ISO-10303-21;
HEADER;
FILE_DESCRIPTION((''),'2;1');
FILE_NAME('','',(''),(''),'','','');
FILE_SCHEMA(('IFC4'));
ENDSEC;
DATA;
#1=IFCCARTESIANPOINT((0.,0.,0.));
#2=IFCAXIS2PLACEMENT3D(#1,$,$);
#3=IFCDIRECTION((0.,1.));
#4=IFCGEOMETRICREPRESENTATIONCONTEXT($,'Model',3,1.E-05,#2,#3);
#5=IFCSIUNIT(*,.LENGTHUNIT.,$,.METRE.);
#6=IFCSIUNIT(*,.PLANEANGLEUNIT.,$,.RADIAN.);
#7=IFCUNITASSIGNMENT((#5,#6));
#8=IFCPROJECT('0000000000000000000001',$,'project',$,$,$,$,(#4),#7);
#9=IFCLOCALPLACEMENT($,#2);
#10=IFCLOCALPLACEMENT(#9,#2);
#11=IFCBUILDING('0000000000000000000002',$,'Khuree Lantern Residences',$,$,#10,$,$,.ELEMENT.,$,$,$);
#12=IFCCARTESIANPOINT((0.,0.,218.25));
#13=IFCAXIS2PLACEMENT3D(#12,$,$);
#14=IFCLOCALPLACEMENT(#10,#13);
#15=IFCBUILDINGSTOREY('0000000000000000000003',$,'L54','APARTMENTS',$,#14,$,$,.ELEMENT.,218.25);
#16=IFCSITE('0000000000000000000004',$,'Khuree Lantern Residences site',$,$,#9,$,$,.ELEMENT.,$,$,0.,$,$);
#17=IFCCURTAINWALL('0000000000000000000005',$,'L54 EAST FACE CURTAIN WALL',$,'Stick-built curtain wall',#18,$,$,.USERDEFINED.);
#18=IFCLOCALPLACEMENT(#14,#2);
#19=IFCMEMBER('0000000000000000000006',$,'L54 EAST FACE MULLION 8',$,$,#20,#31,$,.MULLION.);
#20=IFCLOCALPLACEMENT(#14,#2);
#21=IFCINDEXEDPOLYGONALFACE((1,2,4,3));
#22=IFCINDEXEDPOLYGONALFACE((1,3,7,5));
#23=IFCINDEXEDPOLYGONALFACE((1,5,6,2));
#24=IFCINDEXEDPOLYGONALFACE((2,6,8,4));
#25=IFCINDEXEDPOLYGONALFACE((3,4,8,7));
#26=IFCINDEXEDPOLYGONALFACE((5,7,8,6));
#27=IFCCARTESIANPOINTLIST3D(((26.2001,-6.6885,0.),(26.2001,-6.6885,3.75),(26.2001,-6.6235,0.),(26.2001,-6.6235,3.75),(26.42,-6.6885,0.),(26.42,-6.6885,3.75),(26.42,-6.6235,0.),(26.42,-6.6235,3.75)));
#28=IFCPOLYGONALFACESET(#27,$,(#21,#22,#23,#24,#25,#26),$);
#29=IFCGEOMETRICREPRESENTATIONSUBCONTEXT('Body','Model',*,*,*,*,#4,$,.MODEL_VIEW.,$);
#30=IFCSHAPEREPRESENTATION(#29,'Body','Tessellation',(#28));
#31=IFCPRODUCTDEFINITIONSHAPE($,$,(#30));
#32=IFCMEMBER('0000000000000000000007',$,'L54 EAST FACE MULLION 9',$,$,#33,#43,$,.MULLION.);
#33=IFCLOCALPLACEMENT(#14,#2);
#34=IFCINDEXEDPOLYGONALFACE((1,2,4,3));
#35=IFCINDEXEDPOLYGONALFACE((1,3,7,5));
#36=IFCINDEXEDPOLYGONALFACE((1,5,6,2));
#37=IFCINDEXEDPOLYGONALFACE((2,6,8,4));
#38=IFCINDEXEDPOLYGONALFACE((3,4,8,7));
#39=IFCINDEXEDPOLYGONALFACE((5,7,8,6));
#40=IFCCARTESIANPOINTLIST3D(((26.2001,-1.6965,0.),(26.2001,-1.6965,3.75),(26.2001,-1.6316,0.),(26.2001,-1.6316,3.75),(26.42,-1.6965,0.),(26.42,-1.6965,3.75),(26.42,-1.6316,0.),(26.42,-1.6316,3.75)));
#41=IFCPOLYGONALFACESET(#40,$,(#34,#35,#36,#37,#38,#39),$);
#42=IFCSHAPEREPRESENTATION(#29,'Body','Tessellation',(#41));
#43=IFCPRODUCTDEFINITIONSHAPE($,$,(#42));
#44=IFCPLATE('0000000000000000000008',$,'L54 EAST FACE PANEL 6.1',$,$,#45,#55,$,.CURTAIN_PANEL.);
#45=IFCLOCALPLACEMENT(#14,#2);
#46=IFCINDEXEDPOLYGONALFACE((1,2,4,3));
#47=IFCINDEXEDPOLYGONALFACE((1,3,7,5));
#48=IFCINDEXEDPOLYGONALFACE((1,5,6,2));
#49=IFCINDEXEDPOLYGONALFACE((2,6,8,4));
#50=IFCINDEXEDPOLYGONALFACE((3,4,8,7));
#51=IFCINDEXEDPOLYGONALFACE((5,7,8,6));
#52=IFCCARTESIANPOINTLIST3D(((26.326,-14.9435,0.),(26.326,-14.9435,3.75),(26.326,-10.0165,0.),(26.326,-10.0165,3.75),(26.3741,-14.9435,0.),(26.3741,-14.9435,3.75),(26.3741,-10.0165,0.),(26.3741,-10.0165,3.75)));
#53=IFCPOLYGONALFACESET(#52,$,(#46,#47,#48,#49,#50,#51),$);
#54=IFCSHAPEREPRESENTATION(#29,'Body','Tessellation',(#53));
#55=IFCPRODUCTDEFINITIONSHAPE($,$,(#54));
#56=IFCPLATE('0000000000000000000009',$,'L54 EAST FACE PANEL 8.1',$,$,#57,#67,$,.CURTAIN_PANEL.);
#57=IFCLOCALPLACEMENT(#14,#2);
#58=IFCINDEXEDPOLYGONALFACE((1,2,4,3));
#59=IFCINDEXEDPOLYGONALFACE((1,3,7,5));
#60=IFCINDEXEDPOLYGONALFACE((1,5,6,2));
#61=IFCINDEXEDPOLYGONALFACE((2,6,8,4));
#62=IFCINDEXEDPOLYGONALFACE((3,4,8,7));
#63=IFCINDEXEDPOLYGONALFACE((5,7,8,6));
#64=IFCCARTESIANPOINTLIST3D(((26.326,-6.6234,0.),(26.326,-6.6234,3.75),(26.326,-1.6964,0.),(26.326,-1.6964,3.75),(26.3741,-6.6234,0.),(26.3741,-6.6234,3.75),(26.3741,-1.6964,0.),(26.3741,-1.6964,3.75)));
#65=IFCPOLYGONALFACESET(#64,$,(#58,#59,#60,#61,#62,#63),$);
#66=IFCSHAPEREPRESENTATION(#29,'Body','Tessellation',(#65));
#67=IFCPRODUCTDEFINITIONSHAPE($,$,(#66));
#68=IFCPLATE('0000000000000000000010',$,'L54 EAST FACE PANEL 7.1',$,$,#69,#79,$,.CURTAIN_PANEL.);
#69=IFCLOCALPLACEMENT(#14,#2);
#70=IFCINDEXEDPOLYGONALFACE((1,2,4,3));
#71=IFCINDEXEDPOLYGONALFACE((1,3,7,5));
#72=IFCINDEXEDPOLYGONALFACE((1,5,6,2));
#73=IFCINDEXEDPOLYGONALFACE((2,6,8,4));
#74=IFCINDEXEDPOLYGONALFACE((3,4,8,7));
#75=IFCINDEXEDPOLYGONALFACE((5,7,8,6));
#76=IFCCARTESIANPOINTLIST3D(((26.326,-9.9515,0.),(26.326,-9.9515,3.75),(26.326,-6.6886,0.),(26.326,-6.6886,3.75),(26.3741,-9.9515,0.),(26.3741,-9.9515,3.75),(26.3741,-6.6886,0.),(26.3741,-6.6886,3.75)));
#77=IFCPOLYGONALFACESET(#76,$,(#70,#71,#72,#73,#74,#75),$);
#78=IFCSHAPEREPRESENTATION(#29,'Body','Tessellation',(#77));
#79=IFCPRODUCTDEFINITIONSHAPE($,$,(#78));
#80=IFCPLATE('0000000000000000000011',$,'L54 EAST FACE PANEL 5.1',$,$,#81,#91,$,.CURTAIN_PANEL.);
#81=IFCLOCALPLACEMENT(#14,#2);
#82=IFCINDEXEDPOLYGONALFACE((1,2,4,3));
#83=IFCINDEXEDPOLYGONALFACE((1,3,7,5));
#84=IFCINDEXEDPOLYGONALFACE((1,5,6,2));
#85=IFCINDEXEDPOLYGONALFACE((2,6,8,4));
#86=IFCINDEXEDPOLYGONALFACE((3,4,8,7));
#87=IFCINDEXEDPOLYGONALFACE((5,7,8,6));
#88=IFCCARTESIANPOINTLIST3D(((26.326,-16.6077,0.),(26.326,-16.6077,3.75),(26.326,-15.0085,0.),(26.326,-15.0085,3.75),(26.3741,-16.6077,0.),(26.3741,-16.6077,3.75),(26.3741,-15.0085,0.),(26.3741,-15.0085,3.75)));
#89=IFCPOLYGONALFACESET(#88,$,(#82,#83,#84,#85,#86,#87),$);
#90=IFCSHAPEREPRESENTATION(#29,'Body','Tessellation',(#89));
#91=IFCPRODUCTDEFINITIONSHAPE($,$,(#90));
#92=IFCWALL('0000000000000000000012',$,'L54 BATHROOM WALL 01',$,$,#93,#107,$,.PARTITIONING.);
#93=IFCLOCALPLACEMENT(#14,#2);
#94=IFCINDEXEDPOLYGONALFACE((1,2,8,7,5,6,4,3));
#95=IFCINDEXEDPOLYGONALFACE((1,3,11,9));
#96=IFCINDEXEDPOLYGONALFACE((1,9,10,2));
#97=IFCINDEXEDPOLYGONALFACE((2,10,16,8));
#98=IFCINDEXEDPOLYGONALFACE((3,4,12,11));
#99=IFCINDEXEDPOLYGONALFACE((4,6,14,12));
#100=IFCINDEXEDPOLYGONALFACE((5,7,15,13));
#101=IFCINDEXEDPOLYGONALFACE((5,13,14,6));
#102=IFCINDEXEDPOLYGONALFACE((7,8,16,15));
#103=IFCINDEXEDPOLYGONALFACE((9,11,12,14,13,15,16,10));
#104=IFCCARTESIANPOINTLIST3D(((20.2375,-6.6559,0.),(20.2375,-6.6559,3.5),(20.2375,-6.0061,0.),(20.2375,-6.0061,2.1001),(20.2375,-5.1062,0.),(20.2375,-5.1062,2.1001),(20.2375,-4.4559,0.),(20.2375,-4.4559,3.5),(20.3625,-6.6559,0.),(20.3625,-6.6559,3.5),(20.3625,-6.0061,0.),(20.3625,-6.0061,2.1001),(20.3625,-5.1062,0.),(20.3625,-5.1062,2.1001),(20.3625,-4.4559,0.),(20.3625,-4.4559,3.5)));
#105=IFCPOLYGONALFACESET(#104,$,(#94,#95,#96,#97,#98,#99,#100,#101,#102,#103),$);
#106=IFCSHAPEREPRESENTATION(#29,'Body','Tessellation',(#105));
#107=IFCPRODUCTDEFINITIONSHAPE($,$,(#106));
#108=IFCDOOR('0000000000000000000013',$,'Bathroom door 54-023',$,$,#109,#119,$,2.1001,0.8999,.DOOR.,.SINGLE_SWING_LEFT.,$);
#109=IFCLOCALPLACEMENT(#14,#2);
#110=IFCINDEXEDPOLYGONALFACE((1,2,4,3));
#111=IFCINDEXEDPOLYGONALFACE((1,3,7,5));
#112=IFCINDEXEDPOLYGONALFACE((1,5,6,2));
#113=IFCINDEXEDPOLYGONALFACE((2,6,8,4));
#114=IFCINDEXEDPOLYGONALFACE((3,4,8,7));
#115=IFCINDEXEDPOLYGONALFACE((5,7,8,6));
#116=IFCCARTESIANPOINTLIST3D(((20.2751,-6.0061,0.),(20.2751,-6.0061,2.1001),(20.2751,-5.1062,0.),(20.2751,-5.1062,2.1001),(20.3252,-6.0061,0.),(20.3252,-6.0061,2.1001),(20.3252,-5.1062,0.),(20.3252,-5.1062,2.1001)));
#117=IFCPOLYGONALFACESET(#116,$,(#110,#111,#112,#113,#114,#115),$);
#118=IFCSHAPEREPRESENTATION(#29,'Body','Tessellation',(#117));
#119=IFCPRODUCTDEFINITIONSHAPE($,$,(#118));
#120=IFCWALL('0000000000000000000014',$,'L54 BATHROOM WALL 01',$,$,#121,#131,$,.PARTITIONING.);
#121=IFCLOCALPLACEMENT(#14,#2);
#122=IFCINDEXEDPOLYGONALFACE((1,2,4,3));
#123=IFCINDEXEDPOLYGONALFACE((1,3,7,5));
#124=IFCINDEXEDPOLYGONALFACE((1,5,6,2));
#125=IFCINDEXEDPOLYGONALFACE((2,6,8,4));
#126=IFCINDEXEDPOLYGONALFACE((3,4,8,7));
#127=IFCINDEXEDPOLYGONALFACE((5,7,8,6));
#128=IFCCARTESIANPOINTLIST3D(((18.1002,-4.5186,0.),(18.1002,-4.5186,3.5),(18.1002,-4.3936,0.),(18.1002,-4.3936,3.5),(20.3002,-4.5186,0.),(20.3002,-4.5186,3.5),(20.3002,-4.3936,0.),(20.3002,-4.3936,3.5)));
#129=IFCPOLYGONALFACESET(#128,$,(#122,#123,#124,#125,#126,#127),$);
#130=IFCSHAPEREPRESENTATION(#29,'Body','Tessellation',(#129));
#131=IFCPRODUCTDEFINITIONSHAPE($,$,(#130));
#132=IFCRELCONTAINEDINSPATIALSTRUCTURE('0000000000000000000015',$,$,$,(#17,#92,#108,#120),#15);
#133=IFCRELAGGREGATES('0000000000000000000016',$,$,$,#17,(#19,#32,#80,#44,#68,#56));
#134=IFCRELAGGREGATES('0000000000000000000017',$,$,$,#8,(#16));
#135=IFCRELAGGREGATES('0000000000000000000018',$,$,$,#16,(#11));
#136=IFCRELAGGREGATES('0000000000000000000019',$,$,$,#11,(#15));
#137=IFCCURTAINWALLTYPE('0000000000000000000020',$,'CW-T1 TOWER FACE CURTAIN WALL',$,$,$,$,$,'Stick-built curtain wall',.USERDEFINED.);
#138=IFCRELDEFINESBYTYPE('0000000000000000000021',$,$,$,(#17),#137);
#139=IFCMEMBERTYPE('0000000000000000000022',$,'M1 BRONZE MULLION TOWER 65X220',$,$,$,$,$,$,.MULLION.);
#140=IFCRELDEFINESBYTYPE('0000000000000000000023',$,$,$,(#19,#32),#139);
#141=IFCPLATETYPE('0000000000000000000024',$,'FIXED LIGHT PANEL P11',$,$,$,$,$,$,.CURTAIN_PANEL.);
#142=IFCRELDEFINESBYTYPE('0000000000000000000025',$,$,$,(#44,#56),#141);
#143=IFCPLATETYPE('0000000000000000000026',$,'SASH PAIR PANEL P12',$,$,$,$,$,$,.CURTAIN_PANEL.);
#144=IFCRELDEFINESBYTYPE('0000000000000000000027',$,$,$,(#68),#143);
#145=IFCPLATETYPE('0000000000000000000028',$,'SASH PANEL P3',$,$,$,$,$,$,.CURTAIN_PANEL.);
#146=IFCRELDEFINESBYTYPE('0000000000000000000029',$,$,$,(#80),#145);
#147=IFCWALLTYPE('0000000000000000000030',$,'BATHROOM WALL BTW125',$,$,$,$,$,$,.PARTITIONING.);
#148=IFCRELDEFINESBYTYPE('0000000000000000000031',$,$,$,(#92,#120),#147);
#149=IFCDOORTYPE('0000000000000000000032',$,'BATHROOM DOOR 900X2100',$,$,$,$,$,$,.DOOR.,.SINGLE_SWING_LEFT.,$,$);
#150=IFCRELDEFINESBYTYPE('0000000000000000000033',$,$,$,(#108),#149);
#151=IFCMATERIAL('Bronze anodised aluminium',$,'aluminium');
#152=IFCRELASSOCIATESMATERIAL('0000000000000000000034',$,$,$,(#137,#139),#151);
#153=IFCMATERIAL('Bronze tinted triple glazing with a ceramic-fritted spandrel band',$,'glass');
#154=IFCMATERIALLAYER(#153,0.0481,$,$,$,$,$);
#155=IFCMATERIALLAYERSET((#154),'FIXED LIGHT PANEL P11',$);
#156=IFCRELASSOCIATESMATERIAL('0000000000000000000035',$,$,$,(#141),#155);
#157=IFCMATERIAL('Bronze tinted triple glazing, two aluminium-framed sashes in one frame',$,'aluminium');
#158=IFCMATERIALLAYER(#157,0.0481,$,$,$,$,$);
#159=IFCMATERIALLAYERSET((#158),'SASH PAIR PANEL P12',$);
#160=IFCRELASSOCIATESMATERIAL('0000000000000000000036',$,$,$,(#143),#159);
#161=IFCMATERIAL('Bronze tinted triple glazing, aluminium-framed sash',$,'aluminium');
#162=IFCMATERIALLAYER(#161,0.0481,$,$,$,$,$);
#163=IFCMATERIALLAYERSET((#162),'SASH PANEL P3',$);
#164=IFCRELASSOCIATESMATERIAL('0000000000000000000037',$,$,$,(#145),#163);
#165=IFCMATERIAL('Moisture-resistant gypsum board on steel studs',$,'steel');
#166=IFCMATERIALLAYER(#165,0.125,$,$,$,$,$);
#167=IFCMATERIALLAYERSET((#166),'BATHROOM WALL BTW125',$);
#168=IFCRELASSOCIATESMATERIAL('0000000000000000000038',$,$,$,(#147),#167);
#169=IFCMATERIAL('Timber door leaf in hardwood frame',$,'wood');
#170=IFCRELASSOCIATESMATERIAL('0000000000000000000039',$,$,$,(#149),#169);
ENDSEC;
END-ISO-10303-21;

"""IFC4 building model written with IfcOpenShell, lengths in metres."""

from ifc_helpers import new_model, si_unit, direction, frame, frame_2d, origin, origin_2d, place, context, subcontext, project, spatial, rectangle, extrude, material, layer, layer_set, material_profile, profile_set, type_object, element, fill, aggregate, save


model = new_model("IFC4")

# Units and contexts
model_context = context("Model", 3, precision=1e-05, world=origin(), true_north=direction((0.0, 1.0)))
body_context = subcontext(model_context, "Body", "Model", "MODEL_VIEW")
ifc_project = project(units=[si_unit("LENGTHUNIT", "METRE"), si_unit("PLANEANGLEUNIT", "RADIAN")], contexts=[model_context])

# Site, building, storey
site_placement = place(None, origin())
site = spatial("IfcSite", under=ifc_project, at=site_placement, Name="Khuree Lantern Residences site", CompositionType="ELEMENT", RefElevation=0.0)
building_placement = place(site_placement, origin())
building = spatial("IfcBuilding", under=site, at=building_placement, Name="Khuree Lantern Residences", CompositionType="ELEMENT")
storey_placement = place(building_placement, frame((0.0, 0.0, 218.25)))
storey = spatial("IfcBuildingStorey", under=building, at=storey_placement, Name="L54", Description="APARTMENTS", CompositionType="ELEMENT", Elevation=218.25)

# Curtain wall
ifc_material_1 = material(Name="Bronze anodised aluminium", Category="aluminium")
curtain_wall_type = type_object("IfcCurtainWallType", Name="CW-T1 TOWER FACE CURTAIN WALL", ElementType="Stick-built curtain wall", PredefinedType="USERDEFINED", material=ifc_material_1)
curtain_wall_placement = place(storey_placement, origin())
curtain_wall = element("IfcCurtainWall", 1, at=curtain_wall_placement, inside=storey, type_object=curtain_wall_type, Name="L54 EAST FACE CURTAIN WALL", ObjectType="Stick-built curtain wall", PredefinedType="USERDEFINED")

# Members
ifc_material_profile_1 = material_profile(ifc_material_1, rectangle(XDim=0.0649, YDim=0.22, at=origin_2d()), Name="M1 65X220")
ifc_profile_set_1 = profile_set([ifc_material_profile_1], Name="Bronze anodised aluminium")
member_type_1 = type_object("IfcMemberType", Name="M1 BRONZE MULLION TOWER 65X220", PredefinedType="MULLION", material=ifc_profile_set_1)
member_1_placement = place(storey_placement, frame((26.3101, -6.656, 0.0), z_axis=(0.0, 0.0, 1.0), x_axis=(0.0, 1.0, 0.0)))
member_1 = element("IfcMember", 2, at=member_1_placement, type_object=member_type_1, Name="L54 EAST FACE MULLION 8", PredefinedType="MULLION", context=body_context, shape_type="SweptSolid", body=[
    extrude(rectangle(XDim=0.0649, YDim=0.22, at=origin_2d()), origin(), (0.0, 0.0, 1.0), 3.75),
])
member_2_placement = place(storey_placement, frame((26.3101, -1.6641, 0.0), z_axis=(0.0, 0.0, 1.0), x_axis=(0.0, 1.0, 0.0)))
member_2 = element("IfcMember", 3, at=member_2_placement, type_object=member_type_1, Name="L54 EAST FACE MULLION 9", PredefinedType="MULLION", context=body_context, shape_type="SweptSolid", body=[
    extrude(rectangle(XDim=0.0649, YDim=0.22, at=origin_2d()), origin(), (0.0, 0.0, 1.0), 3.75),
])

# Plates
ifc_material_2 = material(Name="Bronze tinted triple glazing with a ceramic-fritted spandrel band", Category="glass")
ifc_layer_1 = layer(ifc_material_2, 0.0481)
ifc_layer_set_1 = layer_set([ifc_layer_1], Name="FIXED LIGHT PANEL P11")
plate_type_1 = type_object("IfcPlateType", Name="FIXED LIGHT PANEL P11", PredefinedType="CURTAIN_PANEL", material=ifc_layer_set_1)
plate_1_placement = place(storey_placement, frame((26.3501, -12.48, 0.0), z_axis=(0.0, 0.0, 1.0), x_axis=(0.0, 1.0, 0.0)))
plate_1 = element("IfcPlate", 4, at=plate_1_placement, type_object=plate_type_1, Name="L54 EAST FACE PANEL 6.1", PredefinedType="CURTAIN_PANEL", context=body_context, shape_type="SweptSolid", body=[
    extrude(rectangle(XDim=4.927, YDim=0.0481, at=origin_2d()), origin(), (0.0, 0.0, 1.0), 3.75),
])
plate_2_placement = place(storey_placement, frame((26.3501, -4.1599, 0.0), z_axis=(0.0, 0.0, 1.0), x_axis=(0.0, 1.0, 0.0)))
plate_2 = element("IfcPlate", 5, at=plate_2_placement, type_object=plate_type_1, Name="L54 EAST FACE PANEL 8.1", PredefinedType="CURTAIN_PANEL", context=body_context, shape_type="SweptSolid", body=[
    extrude(rectangle(XDim=4.927, YDim=0.0481, at=origin_2d()), origin(), (0.0, 0.0, 1.0), 3.75),
])
ifc_material_3 = material(Name="Bronze tinted triple glazing, two aluminium-framed sashes in one frame", Category="aluminium")
ifc_layer_2 = layer(ifc_material_3, 0.0481)
ifc_layer_set_2 = layer_set([ifc_layer_2], Name="SASH PAIR PANEL P12")
plate_type_2 = type_object("IfcPlateType", Name="SASH PAIR PANEL P12", PredefinedType="CURTAIN_PANEL", material=ifc_layer_set_2)
plate_3_placement = place(storey_placement, frame((26.3501, -8.3201, 0.0), z_axis=(0.0, 0.0, 1.0), x_axis=(0.0, 1.0, 0.0)))
plate_3 = element("IfcPlate", 6, at=plate_3_placement, type_object=plate_type_2, Name="L54 EAST FACE PANEL 7.1", PredefinedType="CURTAIN_PANEL", context=body_context, shape_type="SweptSolid", body=[
    extrude(rectangle(XDim=3.2629, YDim=0.0481, at=origin_2d()), origin(), (0.0, 0.0, 1.0), 3.75),
])
ifc_material_4 = material(Name="Bronze tinted triple glazing, aluminium-framed sash", Category="aluminium")
ifc_layer_3 = layer(ifc_material_4, 0.0481)
ifc_layer_set_3 = layer_set([ifc_layer_3], Name="SASH PANEL P3")
plate_type_3 = type_object("IfcPlateType", Name="SASH PANEL P3", PredefinedType="CURTAIN_PANEL", material=ifc_layer_set_3)
plate_4_placement = place(storey_placement, frame((26.3501, -15.8081, 0.0), z_axis=(0.0, 0.0, 1.0), x_axis=(0.0, 1.0, 0.0)))
plate_4 = element("IfcPlate", 7, at=plate_4_placement, type_object=plate_type_3, Name="L54 EAST FACE PANEL 5.1", PredefinedType="CURTAIN_PANEL", context=body_context, shape_type="SweptSolid", body=[
    extrude(rectangle(XDim=1.5991, YDim=0.0481, at=origin_2d()), origin(), (0.0, 0.0, 1.0), 3.75),
])
aggregate(curtain_wall, [member_1, member_2, plate_4, plate_1, plate_3, plate_2])

# Wall, opening, door
ifc_material_5 = material(Name="Moisture-resistant gypsum board on steel studs", Category="steel")
ifc_layer_4 = layer(ifc_material_5, 0.125)
ifc_layer_set_4 = layer_set([ifc_layer_4], Name="BATHROOM WALL BTW125")
wall_type_1 = type_object("IfcWallType", Name="BATHROOM WALL BTW125", PredefinedType="PARTITIONING", material=ifc_layer_set_4)
wall_1_placement = place(storey_placement, frame((20.3, -6.656, 0.0), z_axis=(0.0, 0.0, 1.0), x_axis=(0.0, 1.0, 0.0)))
wall_1 = element("IfcWall", 8, at=wall_1_placement, inside=storey, type_object=wall_type_1, Name="L54 BATHROOM WALL 01", PredefinedType="PARTITIONING", context=body_context, shape_type="SweptSolid", body=[
    extrude(rectangle(XDim=2.2, YDim=0.125, at=frame_2d((1.1001, 0.0))), origin(), (0.0, 0.0, 1.0), 3.5),
])
opening_1_placement = place(wall_1_placement, frame((0.6499, 0.0, 0.0)))
opening_1 = element("IfcOpeningElement", 9, at=opening_1_placement, cuts=wall_1, PredefinedType="OPENING", context=body_context, shape_type="SweptSolid", body=[
    extrude(rectangle(XDim=0.8999, YDim=2.1001, at=frame_2d((0.45, 1.05))), frame((0.0, 0.0725, 0.0), z_axis=(0.0, -1.0, 0.0), x_axis=(1.0, 0.0, 0.0)), (0.0, 0.0, 1.0), 0.145),
])
ifc_material_6 = material(Name="Timber door leaf in hardwood frame", Category="wood")
door_type_1 = type_object("IfcDoorType", Name="BATHROOM DOOR 900X2100", OperationType="SINGLE_SWING_LEFT", PredefinedType="DOOR", material=ifc_material_6)
door_1_placement = place(opening_1_placement, origin())
door_1 = element("IfcDoor", 10, at=door_1_placement, inside=storey, type_object=door_type_1, Name="Bathroom door 54-023", OperationType="SINGLE_SWING_LEFT", OverallHeight=2.1001, OverallWidth=0.8999, PredefinedType="DOOR", context=body_context, shape_type="SweptSolid", body=[
    extrude(rectangle(XDim=0.8999, YDim=2.1001, at=frame_2d((0.45, 1.05))), frame((0.0, 0.0249, 0.0), z_axis=(0.0, -1.0, 0.0), x_axis=(1.0, 0.0, 0.0)), (0.0, 0.0, 1.0), 0.05),
])
fill(opening_1, door_1)

# Wall
wall_2_placement = place(storey_placement, frame((18.1001, -4.4561, 0.0), z_axis=(0.0, 0.0, 1.0), x_axis=(1.0, 0.0, 0.0)))
element("IfcWall", 11, at=wall_2_placement, inside=storey, type_object=wall_type_1, Name="L54 BATHROOM WALL 01", PredefinedType="PARTITIONING", context=body_context, shape_type="SweptSolid", body=[
    extrude(rectangle(XDim=2.2, YDim=0.125, at=frame_2d((1.1001, 0.0))), origin(), (0.0, 0.0, 1.0), 3.5),
])

save(model, "model.ifc")
